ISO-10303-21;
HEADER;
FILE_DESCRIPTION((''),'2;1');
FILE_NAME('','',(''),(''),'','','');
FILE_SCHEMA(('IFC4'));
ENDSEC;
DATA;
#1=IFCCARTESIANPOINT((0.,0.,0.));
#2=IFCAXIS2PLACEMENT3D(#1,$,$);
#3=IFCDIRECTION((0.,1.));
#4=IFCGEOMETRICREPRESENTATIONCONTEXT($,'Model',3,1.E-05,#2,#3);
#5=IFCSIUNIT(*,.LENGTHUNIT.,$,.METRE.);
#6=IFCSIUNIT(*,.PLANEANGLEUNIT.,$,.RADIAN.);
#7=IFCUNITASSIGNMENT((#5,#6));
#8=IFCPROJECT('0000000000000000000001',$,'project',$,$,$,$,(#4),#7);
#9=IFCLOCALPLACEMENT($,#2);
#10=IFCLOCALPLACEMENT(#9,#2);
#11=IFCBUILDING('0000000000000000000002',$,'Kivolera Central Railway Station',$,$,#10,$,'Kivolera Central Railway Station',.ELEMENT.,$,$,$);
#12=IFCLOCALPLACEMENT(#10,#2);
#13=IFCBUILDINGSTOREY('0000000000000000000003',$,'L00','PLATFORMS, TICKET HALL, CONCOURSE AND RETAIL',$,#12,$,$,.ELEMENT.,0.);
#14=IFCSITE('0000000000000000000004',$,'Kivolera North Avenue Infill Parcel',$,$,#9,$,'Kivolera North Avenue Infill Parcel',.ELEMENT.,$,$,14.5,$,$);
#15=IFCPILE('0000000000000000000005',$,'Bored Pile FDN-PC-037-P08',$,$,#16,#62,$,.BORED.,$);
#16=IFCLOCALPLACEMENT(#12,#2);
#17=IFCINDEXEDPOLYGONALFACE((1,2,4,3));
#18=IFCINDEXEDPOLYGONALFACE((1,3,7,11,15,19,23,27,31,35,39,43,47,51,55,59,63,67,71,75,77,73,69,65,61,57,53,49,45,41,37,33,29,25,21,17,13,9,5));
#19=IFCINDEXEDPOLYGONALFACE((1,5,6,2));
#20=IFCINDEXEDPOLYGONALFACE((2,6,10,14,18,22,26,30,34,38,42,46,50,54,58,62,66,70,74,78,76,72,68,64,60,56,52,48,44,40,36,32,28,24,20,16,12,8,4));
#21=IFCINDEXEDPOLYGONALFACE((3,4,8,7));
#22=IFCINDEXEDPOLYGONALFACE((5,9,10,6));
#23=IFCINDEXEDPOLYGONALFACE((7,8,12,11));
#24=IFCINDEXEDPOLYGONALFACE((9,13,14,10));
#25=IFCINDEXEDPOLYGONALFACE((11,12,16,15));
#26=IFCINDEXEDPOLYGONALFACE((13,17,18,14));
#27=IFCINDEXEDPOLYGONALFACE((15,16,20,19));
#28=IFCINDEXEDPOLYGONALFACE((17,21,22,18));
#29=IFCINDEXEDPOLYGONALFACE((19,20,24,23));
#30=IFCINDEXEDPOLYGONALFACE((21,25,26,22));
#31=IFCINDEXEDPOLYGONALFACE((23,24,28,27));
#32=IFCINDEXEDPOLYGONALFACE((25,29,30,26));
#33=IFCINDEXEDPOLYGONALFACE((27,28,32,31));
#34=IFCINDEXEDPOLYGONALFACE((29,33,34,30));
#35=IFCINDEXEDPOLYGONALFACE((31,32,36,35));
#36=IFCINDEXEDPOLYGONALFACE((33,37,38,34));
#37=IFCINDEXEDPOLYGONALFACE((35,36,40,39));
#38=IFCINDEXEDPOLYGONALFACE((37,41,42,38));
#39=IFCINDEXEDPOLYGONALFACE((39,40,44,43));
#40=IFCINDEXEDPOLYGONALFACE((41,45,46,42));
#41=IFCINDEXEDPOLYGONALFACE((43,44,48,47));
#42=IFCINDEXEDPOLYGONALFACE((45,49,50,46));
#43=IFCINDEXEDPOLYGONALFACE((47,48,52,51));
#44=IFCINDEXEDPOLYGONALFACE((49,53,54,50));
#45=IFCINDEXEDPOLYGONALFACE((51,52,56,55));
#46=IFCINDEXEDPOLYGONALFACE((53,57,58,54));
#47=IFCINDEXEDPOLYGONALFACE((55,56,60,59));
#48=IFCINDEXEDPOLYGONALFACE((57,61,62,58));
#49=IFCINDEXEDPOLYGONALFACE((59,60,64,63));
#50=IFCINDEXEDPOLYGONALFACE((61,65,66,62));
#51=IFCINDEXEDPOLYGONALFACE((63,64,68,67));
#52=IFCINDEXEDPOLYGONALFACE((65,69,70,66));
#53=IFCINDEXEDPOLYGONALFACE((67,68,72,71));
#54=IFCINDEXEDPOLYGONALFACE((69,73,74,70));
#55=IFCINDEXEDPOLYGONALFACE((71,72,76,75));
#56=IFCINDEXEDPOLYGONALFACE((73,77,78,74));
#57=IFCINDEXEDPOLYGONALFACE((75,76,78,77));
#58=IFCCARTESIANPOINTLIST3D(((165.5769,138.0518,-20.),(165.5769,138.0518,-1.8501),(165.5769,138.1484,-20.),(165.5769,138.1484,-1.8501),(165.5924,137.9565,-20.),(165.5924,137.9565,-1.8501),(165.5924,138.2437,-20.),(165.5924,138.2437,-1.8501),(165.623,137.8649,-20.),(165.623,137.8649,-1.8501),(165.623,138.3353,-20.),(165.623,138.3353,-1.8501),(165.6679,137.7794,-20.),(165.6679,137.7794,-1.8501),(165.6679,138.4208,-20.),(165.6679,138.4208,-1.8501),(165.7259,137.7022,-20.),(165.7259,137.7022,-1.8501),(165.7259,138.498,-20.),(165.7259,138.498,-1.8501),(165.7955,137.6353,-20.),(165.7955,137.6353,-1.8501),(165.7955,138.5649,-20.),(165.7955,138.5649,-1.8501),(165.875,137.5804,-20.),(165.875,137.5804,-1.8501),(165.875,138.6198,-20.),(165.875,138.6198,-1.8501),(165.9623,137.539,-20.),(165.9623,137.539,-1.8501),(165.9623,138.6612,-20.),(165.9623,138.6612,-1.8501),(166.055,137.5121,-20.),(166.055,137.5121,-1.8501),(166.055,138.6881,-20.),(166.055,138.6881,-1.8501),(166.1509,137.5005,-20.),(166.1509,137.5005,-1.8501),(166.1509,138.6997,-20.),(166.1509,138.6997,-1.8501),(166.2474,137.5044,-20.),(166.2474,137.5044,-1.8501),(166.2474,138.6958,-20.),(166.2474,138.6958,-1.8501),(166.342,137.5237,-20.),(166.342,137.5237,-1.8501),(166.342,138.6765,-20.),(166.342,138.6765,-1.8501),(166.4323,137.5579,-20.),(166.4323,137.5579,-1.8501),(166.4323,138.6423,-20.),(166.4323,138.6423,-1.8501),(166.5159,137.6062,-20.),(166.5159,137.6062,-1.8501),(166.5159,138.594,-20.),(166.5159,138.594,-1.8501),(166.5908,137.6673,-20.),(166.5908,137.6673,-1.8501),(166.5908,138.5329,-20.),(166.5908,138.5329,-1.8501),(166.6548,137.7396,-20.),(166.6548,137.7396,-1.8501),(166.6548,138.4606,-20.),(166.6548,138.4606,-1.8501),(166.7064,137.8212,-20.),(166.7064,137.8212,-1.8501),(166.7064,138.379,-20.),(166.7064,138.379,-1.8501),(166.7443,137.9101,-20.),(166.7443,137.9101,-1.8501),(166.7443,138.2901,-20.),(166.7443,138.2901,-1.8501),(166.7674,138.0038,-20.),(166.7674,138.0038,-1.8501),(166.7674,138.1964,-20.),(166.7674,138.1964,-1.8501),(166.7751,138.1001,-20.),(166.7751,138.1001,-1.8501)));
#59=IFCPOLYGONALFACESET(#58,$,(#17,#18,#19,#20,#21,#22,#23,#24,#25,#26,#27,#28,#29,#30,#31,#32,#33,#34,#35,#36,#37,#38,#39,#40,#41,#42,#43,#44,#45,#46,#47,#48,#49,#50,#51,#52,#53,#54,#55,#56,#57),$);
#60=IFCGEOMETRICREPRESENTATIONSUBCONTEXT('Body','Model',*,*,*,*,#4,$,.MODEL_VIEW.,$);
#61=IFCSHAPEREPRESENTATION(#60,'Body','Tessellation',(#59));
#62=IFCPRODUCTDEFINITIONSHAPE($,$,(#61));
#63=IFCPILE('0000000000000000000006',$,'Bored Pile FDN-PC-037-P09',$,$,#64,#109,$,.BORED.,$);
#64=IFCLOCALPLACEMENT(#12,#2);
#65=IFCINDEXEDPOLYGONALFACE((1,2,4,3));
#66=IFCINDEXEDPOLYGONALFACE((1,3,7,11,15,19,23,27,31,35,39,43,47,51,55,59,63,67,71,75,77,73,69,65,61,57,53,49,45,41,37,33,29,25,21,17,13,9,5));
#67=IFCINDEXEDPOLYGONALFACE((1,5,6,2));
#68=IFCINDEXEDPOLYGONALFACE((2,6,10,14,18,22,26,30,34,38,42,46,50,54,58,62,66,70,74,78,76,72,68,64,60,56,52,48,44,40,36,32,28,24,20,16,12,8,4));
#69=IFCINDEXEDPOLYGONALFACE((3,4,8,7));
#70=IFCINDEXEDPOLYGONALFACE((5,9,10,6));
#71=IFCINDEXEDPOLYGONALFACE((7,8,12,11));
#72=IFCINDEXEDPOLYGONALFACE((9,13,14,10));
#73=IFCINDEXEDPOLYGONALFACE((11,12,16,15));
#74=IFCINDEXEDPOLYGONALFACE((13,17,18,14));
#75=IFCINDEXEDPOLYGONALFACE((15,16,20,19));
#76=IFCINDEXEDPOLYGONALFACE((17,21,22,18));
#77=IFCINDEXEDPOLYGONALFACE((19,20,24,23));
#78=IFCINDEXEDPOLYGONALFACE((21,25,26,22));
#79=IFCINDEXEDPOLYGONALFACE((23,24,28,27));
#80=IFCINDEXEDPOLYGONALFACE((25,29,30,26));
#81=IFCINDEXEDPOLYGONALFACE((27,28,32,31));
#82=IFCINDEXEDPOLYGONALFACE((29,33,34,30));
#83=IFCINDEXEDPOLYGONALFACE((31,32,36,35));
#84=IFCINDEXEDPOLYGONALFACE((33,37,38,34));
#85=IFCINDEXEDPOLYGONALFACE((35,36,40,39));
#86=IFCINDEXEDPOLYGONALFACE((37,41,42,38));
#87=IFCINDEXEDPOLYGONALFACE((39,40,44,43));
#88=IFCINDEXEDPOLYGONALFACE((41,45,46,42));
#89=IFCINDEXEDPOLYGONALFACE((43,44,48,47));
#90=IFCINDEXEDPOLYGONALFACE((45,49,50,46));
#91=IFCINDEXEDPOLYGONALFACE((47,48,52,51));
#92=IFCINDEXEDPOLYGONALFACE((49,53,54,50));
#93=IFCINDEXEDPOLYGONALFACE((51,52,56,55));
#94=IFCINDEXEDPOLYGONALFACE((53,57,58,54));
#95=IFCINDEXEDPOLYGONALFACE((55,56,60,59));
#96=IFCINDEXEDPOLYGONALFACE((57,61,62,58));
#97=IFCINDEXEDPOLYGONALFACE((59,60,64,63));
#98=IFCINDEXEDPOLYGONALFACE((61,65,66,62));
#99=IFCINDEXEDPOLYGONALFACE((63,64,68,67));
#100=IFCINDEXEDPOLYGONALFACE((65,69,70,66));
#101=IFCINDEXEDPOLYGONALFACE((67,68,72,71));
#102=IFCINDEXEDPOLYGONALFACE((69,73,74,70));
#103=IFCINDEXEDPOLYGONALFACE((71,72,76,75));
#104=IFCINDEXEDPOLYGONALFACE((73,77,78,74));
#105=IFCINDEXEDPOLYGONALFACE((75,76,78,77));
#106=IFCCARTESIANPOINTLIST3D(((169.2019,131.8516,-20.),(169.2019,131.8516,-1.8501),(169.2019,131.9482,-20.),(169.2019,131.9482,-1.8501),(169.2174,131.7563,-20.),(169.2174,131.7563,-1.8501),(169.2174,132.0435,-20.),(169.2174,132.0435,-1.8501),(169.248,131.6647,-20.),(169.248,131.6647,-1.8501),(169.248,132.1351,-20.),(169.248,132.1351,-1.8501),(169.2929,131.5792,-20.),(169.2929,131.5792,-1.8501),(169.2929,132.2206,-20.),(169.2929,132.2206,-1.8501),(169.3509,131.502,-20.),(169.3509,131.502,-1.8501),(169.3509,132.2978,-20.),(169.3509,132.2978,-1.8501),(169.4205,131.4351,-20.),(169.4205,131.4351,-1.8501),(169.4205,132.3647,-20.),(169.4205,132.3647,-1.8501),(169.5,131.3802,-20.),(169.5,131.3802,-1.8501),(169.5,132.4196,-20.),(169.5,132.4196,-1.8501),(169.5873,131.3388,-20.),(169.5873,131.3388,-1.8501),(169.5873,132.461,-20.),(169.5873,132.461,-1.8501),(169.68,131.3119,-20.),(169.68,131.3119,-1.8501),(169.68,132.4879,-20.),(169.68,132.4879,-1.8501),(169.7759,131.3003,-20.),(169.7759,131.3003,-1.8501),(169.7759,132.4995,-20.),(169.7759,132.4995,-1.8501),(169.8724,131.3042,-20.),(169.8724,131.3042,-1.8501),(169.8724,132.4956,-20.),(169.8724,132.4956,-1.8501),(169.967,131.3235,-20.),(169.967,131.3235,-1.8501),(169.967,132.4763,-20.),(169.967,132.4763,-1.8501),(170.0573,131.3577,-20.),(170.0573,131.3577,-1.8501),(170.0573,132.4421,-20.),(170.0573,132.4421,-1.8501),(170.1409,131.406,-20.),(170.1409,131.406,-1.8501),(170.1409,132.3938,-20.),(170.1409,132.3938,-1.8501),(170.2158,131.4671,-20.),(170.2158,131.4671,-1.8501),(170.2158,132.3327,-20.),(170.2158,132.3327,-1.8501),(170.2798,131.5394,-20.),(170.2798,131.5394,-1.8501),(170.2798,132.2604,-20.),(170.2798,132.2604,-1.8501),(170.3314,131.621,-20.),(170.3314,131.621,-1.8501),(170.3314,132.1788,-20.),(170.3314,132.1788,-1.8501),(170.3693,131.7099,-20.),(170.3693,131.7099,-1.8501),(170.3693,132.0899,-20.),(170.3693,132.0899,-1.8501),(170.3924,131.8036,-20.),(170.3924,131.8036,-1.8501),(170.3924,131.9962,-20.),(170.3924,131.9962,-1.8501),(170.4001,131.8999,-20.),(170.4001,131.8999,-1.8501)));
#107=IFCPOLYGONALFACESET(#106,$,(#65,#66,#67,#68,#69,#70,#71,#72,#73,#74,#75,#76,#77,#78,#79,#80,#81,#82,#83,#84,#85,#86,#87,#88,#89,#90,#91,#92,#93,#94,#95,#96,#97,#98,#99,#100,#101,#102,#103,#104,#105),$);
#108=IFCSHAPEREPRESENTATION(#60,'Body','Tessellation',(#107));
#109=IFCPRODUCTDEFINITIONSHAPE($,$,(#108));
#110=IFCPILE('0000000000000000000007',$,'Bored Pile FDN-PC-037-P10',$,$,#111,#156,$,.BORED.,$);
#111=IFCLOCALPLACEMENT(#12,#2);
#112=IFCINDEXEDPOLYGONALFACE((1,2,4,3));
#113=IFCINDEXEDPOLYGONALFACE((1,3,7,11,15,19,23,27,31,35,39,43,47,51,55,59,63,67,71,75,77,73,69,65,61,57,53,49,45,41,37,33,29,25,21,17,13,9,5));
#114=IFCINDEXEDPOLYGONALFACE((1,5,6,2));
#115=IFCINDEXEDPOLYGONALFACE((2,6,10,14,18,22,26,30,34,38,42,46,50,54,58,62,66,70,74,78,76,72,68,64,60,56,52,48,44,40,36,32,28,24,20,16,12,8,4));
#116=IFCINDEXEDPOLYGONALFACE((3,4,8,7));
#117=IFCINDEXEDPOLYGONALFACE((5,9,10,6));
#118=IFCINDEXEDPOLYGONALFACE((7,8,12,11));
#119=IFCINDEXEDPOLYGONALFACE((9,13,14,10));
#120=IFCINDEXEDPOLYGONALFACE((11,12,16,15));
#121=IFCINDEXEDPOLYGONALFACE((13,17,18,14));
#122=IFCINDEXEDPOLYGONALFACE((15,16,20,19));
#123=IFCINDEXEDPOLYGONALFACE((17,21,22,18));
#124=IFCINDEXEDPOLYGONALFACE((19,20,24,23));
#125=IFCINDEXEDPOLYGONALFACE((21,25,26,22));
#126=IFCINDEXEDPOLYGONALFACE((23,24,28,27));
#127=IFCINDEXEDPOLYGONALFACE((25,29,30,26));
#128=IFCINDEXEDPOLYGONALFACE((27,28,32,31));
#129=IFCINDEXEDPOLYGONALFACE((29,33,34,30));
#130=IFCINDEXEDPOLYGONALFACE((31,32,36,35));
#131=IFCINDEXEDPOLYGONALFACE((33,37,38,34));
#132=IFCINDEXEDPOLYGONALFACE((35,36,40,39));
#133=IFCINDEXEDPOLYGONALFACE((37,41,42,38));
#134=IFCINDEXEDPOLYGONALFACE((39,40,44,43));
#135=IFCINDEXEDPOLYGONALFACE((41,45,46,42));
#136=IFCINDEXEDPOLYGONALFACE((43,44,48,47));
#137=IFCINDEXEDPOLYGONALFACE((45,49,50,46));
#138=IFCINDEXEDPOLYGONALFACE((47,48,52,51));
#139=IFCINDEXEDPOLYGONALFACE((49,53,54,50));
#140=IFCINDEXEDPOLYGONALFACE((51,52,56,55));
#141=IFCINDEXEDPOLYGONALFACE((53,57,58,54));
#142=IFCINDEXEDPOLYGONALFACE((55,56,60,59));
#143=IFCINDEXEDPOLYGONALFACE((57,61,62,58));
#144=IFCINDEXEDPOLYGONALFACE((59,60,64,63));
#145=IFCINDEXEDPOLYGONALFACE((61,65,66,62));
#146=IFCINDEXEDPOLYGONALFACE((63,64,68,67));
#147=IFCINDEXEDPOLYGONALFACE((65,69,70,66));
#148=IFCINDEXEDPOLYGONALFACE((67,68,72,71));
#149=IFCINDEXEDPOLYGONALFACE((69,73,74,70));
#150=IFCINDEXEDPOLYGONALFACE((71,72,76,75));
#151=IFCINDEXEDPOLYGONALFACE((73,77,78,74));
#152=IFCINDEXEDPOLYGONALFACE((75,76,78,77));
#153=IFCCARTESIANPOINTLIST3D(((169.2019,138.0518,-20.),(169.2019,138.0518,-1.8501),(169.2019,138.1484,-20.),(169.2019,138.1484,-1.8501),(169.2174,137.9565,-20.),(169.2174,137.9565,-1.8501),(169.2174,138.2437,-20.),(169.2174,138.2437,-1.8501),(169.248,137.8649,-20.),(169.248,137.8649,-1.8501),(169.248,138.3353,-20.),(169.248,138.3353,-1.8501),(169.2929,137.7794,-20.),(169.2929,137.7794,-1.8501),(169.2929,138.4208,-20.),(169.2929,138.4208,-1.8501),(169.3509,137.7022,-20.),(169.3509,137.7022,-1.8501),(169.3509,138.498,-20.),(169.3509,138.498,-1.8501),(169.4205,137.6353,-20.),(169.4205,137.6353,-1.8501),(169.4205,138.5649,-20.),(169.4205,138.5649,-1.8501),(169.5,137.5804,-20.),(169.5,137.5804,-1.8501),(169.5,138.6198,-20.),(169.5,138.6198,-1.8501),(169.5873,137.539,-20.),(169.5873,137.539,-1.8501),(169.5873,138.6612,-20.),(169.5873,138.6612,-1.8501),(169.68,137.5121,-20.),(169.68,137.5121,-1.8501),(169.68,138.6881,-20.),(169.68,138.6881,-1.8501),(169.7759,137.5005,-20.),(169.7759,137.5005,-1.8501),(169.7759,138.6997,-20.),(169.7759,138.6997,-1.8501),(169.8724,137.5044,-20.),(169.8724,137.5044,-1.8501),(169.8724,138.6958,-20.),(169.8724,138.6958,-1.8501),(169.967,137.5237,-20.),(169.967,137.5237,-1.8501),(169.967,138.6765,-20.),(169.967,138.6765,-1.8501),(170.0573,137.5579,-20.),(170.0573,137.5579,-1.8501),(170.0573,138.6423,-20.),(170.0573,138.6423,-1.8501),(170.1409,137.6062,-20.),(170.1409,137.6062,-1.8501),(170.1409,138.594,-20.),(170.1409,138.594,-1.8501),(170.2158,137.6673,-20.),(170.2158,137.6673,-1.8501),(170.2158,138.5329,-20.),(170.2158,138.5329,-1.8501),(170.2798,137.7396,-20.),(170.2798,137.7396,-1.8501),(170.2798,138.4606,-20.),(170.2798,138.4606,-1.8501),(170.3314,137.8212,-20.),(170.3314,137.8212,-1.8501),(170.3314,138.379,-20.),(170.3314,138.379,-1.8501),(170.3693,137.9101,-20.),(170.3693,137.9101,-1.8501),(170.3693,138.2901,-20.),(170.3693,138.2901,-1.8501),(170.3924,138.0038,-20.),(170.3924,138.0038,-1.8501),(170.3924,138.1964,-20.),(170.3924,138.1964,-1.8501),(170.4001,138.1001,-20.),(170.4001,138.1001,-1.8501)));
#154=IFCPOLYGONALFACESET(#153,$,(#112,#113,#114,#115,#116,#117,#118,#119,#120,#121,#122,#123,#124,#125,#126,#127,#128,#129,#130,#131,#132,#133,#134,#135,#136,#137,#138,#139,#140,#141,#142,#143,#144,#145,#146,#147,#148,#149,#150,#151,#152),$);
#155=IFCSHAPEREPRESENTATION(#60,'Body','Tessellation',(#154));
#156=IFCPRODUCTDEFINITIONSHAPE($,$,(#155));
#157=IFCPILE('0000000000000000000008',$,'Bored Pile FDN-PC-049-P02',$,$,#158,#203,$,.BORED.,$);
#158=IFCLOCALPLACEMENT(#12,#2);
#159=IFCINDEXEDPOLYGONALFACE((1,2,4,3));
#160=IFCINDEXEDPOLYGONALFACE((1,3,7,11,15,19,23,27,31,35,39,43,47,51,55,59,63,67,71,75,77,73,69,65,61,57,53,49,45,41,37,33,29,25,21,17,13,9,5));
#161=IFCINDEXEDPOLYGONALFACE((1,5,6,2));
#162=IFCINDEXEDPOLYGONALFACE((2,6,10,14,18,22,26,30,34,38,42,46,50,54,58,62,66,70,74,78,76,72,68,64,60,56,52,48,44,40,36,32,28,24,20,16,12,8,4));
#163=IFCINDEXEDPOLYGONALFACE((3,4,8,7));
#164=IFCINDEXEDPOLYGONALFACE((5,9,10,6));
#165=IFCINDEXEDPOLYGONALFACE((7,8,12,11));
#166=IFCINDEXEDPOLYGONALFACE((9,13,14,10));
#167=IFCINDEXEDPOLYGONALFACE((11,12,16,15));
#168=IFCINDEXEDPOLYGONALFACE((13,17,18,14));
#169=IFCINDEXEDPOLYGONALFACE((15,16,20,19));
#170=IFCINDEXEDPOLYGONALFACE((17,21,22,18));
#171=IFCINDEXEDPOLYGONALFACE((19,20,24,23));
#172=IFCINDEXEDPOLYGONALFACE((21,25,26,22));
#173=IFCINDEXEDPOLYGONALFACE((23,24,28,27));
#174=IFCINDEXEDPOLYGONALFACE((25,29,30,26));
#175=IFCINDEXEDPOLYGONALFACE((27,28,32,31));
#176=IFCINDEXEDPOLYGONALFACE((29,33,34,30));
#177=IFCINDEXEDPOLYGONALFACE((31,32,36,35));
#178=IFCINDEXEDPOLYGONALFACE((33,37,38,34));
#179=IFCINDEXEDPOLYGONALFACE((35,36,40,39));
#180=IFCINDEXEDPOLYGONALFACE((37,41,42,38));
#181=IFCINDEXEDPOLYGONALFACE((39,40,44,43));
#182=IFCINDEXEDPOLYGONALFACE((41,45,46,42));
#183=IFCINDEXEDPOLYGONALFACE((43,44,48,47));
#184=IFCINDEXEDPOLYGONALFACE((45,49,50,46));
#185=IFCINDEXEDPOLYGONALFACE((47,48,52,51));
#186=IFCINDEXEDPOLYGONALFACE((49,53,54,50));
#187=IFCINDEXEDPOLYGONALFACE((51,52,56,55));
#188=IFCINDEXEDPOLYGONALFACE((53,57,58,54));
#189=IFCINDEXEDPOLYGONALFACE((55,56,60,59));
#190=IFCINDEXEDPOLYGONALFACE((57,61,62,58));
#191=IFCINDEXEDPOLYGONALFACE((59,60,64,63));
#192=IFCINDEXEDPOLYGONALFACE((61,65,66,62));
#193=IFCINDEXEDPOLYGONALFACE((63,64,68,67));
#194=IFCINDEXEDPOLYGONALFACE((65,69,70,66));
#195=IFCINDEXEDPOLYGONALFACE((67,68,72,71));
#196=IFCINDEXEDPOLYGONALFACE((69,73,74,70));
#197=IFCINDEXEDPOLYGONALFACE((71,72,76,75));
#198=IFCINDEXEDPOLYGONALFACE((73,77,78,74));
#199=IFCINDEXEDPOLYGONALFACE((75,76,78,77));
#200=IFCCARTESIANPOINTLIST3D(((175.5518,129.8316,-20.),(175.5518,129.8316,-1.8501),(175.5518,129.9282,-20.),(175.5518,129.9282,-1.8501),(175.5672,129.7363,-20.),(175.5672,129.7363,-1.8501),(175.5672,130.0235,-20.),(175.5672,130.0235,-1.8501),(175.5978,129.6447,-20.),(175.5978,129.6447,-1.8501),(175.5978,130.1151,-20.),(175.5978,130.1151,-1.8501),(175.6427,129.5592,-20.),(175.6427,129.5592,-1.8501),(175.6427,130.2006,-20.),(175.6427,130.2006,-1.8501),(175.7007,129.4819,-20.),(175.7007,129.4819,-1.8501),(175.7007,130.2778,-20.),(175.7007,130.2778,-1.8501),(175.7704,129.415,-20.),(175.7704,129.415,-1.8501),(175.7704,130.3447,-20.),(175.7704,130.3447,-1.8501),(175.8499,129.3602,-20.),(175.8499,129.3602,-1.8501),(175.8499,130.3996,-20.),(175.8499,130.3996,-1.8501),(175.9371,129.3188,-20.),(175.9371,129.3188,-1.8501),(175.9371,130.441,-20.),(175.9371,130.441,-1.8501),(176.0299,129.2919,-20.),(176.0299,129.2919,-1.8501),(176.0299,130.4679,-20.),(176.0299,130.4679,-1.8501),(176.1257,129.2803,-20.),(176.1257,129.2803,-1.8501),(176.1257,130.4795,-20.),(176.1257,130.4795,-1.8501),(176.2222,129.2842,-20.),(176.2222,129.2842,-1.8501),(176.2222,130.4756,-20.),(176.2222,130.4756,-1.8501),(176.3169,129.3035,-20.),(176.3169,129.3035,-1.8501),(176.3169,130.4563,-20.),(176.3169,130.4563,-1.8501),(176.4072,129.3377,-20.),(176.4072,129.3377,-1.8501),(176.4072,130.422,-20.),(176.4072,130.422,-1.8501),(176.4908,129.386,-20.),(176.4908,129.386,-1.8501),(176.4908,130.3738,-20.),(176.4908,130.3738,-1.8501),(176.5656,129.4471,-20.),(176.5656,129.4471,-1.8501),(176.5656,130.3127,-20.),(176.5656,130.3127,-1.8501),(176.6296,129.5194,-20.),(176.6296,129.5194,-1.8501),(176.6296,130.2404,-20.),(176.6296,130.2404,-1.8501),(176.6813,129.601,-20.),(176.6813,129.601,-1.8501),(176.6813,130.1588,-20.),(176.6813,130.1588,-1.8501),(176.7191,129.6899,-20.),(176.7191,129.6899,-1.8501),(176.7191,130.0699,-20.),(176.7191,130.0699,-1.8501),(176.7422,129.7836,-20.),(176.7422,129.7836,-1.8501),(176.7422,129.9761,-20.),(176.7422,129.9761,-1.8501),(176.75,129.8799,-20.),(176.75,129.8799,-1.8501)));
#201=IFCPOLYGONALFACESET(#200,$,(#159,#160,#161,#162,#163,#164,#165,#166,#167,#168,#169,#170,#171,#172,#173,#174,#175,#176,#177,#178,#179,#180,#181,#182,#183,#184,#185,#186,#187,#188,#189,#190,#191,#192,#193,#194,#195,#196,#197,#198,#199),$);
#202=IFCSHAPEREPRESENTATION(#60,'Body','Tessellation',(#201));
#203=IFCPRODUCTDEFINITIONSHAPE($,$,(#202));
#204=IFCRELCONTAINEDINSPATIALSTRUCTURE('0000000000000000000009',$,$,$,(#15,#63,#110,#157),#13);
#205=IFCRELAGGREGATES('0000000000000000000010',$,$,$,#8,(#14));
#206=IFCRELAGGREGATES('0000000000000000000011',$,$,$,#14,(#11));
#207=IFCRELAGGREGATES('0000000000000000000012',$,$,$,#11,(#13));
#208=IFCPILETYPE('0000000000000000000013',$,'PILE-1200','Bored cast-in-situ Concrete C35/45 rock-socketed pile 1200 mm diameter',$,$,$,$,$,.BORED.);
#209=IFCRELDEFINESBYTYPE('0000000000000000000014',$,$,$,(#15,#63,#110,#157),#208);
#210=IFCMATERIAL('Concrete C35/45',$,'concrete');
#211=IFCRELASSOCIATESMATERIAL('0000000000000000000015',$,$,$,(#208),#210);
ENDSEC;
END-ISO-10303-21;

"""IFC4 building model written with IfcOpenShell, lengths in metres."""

from ifc_helpers import new_model, si_unit, direction, frame, origin, origin_2d, place, context, subcontext, project, spatial, circle, extrude, material, material_profile, profile_set, type_object, element, save


model = new_model("IFC4")

# Units and contexts
model_context = context("Model", 3, precision=1e-05, world=origin(), true_north=direction((0.0, 1.0)))
body_context = subcontext(model_context, "Body", "Model", "MODEL_VIEW")
ifc_project = project(units=[si_unit("LENGTHUNIT", "METRE"), si_unit("PLANEANGLEUNIT", "RADIAN")], contexts=[model_context])

# Site, building, storey
site_placement = place(None, origin())
site = spatial("IfcSite", under=ifc_project, at=site_placement, Name="Kivolera North Avenue Infill Parcel", LongName="Kivolera North Avenue Infill Parcel", CompositionType="ELEMENT", RefElevation=14.5)
building_placement = place(site_placement, origin())
building = spatial("IfcBuilding", under=site, at=building_placement, Name="Kivolera Central Railway Station", LongName="Kivolera Central Railway Station", CompositionType="ELEMENT")
storey_placement = place(building_placement, origin())
storey = spatial("IfcBuildingStorey", under=building, at=storey_placement, Name="L00", Description="PLATFORMS, TICKET HALL, CONCOURSE AND RETAIL", CompositionType="ELEMENT", Elevation=0.0)

# Shared definitions
ifc_material_1 = material(Name="Concrete C35/45", Category="concrete")

# Piles
ifc_material_profile_1 = material_profile(ifc_material_1, circle(Radius=0.6001, at=origin_2d()), Name="PILE D1200")
ifc_profile_set_1 = profile_set([ifc_material_profile_1], Name="Concrete C35/45")
pile_type = type_object("IfcPileType", Name="PILE-1200", Description="Bored cast-in-situ Concrete C35/45 rock-socketed pile 1200 mm diameter", PredefinedType="BORED", material=ifc_profile_set_1)
for number, where, z_axis, x_axis, name in (
    (1, (166.175, 138.1001, -1.8501), (0.0, 0.0, -1.0), (1.0, 0.0, 0.0), "Bored Pile FDN-PC-037-P08"),
    (2, (169.8, 131.8999, -1.8501), (0.0, 0.0, -1.0), (1.0, 0.0, 0.0), "Bored Pile FDN-PC-037-P09"),
    (3, (169.8, 138.1001, -1.8501), (0.0, 0.0, -1.0), (1.0, 0.0, 0.0), "Bored Pile FDN-PC-037-P10"),
    (4, (176.1499, 129.8799, -1.8501), (0.0, 0.0, -1.0), (1.0, 0.0, 0.0), "Bored Pile FDN-PC-049-P02"),
):
    element("IfcPile", number, at=place(storey_placement, frame(where, z_axis=z_axis, x_axis=x_axis)), inside=storey, type_object=pile_type, Name=name, PredefinedType="BORED", context=body_context, shape_type="SweptSolid", body=[
        extrude(circle(Radius=0.6001, at=origin_2d()), origin(), (0.0, 0.0, 1.0), 18.1499),
    ])

save(model, "model.ifc")
